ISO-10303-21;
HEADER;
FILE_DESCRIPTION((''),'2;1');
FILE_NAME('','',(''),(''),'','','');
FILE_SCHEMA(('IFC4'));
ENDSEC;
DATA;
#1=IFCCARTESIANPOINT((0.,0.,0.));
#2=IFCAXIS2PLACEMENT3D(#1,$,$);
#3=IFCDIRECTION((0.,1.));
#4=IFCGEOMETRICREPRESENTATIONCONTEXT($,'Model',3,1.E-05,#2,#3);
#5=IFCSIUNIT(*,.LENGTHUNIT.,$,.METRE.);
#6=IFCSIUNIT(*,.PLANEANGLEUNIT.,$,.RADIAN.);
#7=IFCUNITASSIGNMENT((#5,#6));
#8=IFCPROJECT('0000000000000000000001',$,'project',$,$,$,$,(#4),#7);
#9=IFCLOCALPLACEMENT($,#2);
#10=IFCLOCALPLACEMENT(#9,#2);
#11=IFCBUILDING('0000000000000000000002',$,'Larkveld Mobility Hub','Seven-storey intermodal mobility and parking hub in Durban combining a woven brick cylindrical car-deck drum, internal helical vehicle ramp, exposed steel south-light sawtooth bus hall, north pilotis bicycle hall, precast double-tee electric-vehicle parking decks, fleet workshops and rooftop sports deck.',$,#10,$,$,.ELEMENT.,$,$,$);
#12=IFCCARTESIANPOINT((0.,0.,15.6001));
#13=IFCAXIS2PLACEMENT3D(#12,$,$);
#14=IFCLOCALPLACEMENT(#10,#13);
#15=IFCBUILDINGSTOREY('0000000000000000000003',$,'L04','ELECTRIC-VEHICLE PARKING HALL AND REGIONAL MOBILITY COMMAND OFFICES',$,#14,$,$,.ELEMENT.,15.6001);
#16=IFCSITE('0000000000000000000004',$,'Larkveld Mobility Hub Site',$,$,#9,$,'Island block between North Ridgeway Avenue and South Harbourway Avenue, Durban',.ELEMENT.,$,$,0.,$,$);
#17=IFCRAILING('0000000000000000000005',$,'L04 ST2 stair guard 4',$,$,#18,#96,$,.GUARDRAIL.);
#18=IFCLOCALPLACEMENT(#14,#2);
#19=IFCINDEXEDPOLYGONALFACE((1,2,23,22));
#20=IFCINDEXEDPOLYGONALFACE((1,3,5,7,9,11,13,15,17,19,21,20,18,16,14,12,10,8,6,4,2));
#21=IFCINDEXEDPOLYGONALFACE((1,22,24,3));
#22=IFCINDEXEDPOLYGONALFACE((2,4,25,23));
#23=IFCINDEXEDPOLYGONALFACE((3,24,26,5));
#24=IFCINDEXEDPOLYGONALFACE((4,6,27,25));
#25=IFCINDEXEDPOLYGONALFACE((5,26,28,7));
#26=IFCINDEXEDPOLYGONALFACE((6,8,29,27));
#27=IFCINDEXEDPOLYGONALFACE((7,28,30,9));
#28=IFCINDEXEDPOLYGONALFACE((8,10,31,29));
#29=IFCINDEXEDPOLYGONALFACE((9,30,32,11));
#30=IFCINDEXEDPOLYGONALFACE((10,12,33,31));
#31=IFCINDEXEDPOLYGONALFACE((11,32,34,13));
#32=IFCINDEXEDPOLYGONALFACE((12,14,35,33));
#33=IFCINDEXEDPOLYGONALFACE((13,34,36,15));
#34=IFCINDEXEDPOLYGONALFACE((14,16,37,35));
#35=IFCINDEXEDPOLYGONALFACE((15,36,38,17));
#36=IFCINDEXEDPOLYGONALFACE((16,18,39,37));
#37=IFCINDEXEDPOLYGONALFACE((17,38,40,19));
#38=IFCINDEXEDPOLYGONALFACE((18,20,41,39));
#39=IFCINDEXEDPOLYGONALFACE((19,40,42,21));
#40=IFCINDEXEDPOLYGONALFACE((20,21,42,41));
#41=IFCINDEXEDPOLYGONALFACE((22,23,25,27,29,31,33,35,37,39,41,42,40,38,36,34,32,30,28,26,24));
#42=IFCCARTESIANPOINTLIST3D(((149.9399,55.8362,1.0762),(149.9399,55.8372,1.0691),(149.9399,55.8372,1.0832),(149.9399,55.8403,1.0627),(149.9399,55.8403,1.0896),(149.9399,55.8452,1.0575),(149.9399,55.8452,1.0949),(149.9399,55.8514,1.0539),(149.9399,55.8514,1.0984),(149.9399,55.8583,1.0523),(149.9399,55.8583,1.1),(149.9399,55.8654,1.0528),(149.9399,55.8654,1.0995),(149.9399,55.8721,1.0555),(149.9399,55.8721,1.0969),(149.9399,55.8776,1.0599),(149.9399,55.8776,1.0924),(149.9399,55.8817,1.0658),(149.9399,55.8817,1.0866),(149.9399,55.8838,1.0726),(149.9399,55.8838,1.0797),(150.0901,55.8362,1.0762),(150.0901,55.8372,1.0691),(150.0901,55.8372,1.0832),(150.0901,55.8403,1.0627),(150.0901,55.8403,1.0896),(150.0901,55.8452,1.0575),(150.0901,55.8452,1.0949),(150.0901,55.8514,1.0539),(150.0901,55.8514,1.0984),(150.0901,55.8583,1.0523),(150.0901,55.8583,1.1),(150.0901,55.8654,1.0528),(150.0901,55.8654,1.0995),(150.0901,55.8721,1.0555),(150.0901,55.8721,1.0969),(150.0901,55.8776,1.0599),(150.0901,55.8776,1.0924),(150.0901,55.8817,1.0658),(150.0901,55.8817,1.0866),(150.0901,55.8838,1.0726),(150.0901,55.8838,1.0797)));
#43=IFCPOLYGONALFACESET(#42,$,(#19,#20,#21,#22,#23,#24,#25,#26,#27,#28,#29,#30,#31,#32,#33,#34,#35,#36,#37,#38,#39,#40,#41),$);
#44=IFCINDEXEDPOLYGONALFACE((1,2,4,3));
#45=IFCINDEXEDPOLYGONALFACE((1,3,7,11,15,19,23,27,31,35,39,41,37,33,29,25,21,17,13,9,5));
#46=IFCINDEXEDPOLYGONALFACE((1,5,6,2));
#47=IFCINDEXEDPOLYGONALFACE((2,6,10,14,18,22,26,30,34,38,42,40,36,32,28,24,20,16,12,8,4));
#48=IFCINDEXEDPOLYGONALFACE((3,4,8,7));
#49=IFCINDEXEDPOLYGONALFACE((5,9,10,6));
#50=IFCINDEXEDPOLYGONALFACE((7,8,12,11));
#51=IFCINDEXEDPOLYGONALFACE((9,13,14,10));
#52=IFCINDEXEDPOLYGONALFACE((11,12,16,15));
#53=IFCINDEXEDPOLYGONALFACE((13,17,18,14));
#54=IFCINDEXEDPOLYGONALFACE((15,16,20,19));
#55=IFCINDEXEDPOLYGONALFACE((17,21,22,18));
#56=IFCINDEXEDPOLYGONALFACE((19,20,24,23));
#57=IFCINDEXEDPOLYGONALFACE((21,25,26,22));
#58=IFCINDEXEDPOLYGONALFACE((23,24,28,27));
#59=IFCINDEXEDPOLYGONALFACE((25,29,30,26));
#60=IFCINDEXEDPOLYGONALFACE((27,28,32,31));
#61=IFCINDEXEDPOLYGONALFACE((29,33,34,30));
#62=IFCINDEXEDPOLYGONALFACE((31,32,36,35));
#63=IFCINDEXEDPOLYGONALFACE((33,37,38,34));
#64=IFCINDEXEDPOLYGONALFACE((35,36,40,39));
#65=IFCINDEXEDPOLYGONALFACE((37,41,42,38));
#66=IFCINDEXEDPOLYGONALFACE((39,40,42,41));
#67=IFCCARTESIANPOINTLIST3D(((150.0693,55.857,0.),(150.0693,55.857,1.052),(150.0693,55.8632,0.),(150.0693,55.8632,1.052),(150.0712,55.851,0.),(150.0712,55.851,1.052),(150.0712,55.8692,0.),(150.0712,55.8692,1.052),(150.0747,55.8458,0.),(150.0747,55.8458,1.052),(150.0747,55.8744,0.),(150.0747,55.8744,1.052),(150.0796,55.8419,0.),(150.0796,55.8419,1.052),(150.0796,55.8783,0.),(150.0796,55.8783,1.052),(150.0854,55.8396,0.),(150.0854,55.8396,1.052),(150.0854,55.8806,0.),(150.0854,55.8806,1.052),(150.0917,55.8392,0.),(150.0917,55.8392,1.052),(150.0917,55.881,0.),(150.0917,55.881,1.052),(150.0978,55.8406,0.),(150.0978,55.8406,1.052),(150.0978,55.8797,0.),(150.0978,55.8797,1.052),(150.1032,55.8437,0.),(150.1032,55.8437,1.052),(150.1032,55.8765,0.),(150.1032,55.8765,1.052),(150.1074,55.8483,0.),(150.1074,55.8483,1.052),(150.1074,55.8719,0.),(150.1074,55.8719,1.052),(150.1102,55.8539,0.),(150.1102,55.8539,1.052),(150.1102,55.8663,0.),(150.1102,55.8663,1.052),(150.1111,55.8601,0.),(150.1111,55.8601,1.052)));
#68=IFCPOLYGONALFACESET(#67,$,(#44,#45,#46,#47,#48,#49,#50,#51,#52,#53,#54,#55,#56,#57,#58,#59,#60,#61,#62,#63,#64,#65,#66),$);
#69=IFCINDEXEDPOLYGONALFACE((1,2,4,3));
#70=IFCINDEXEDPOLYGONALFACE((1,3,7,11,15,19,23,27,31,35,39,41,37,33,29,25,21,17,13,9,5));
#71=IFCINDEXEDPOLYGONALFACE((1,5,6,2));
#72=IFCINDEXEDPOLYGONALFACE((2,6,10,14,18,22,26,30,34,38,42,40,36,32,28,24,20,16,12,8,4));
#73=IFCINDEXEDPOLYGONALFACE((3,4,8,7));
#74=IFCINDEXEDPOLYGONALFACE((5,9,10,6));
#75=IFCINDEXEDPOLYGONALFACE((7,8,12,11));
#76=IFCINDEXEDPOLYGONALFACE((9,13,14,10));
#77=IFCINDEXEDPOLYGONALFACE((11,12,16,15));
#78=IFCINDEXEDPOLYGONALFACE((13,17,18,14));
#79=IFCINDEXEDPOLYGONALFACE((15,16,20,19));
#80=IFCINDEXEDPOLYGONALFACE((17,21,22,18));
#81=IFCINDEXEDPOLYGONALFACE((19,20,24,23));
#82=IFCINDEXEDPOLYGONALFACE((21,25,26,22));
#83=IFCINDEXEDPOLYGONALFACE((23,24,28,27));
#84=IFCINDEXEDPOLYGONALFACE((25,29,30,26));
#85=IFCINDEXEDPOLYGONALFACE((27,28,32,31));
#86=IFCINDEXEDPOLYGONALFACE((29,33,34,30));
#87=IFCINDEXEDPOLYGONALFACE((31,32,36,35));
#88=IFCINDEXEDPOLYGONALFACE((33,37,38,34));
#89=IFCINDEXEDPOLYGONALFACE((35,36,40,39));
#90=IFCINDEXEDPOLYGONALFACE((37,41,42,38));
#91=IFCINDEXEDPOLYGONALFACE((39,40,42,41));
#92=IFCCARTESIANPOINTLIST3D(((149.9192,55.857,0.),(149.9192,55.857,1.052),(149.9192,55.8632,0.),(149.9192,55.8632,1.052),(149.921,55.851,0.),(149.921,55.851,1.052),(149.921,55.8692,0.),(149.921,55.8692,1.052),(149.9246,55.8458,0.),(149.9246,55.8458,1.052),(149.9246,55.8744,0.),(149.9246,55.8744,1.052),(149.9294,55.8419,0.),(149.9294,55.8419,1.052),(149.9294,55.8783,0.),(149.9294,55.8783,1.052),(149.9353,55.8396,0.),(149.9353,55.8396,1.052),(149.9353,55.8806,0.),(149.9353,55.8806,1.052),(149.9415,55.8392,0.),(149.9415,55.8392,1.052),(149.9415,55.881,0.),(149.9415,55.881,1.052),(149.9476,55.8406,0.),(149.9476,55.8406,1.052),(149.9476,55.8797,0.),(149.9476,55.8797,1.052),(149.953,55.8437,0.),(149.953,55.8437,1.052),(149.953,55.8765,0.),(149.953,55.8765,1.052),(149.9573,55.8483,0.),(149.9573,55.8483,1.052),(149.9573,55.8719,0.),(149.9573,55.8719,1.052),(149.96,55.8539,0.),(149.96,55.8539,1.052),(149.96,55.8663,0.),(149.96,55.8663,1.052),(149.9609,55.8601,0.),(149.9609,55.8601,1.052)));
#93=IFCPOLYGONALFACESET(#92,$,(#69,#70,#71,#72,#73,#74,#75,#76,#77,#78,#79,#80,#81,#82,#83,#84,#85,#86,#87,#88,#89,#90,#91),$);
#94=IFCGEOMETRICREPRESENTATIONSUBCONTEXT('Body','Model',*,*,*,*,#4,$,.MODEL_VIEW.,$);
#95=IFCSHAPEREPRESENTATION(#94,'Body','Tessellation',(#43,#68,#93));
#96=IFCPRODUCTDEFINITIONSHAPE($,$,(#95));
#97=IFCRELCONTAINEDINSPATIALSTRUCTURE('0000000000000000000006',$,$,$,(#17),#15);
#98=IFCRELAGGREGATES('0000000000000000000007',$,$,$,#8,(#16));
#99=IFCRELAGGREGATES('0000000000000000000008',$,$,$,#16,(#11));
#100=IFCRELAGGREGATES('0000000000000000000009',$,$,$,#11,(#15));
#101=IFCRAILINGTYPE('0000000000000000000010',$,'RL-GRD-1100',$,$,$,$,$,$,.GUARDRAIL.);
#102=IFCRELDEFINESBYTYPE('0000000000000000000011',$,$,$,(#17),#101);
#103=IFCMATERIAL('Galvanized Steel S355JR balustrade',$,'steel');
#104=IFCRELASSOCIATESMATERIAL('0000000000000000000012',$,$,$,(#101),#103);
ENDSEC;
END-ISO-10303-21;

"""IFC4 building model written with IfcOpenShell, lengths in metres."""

from ifc_helpers import new_model, si_unit, direction, frame, origin, origin_2d, place, context, subcontext, project, spatial, circle, extrude, material, type_object, element, save


model = new_model("IFC4")

# Units and contexts
model_context = context("Model", 3, precision=1e-05, world=origin(), true_north=direction((0.0, 1.0)))
body_context = subcontext(model_context, "Body", "Model", "MODEL_VIEW")
ifc_project = project(units=[si_unit("LENGTHUNIT", "METRE"), si_unit("PLANEANGLEUNIT", "RADIAN")], contexts=[model_context])

# Site, building, storey
site_placement = place(None, origin())
site = spatial("IfcSite", under=ifc_project, at=site_placement, Name="Larkveld Mobility Hub Site", LongName="Island block between North Ridgeway Avenue and South Harbourway Avenue, Durban", CompositionType="ELEMENT", RefElevation=0.0)
building_placement = place(site_placement, origin())
building = spatial("IfcBuilding", under=site, at=building_placement, Name="Larkveld Mobility Hub", Description="Seven-storey intermodal mobility and parking hub in Durban combining a woven brick cylindrical car-deck drum, internal helical vehicle ramp, exposed steel south-light sawtooth bus hall, north pilotis bicycle hall, precast double-tee electric-vehicle parking decks, fleet workshops and rooftop sports deck.", CompositionType="ELEMENT")
storey_placement = place(building_placement, frame((0.0, 0.0, 15.6001)))
storey = spatial("IfcBuildingStorey", under=building, at=storey_placement, Name="L04", Description="ELECTRIC-VEHICLE PARKING HALL AND REGIONAL MOBILITY COMMAND OFFICES", CompositionType="ELEMENT", Elevation=15.6001)

# Railing
ifc_material_1 = material(Name="Galvanized Steel S355JR balustrade", Category="steel")
railing_type_1 = type_object("IfcRailingType", Name="RL-GRD-1100", PredefinedType="GUARDRAIL", material=ifc_material_1)
railing_1_placement = place(storey_placement, frame((150.0901, 55.8601, 0.0)))
element("IfcRailing", 1, at=railing_1_placement, inside=storey, type_object=railing_type_1, Name="L04 ST2 stair guard 4", PredefinedType="GUARDRAIL", context=body_context, shape_type="SweptSolid", body=[
    extrude(circle(Radius=0.0239, at=origin_2d()), frame((0.0, 0.0, 1.0762), z_axis=(-1.0, 0.0, 0.0), x_axis=(0.0, -1.0, 0.0)), (0.0, 0.0, 1.0), 0.1501),
    extrude(circle(Radius=0.021, at=origin_2d()), origin(), (0.0, 0.0, 1.0), 1.052),
    extrude(circle(Radius=0.021, at=origin_2d()), frame((-0.1501, 0.0, 0.0)), (0.0, 0.0, 1.0), 1.052),
])

save(model, "model.ifc")
